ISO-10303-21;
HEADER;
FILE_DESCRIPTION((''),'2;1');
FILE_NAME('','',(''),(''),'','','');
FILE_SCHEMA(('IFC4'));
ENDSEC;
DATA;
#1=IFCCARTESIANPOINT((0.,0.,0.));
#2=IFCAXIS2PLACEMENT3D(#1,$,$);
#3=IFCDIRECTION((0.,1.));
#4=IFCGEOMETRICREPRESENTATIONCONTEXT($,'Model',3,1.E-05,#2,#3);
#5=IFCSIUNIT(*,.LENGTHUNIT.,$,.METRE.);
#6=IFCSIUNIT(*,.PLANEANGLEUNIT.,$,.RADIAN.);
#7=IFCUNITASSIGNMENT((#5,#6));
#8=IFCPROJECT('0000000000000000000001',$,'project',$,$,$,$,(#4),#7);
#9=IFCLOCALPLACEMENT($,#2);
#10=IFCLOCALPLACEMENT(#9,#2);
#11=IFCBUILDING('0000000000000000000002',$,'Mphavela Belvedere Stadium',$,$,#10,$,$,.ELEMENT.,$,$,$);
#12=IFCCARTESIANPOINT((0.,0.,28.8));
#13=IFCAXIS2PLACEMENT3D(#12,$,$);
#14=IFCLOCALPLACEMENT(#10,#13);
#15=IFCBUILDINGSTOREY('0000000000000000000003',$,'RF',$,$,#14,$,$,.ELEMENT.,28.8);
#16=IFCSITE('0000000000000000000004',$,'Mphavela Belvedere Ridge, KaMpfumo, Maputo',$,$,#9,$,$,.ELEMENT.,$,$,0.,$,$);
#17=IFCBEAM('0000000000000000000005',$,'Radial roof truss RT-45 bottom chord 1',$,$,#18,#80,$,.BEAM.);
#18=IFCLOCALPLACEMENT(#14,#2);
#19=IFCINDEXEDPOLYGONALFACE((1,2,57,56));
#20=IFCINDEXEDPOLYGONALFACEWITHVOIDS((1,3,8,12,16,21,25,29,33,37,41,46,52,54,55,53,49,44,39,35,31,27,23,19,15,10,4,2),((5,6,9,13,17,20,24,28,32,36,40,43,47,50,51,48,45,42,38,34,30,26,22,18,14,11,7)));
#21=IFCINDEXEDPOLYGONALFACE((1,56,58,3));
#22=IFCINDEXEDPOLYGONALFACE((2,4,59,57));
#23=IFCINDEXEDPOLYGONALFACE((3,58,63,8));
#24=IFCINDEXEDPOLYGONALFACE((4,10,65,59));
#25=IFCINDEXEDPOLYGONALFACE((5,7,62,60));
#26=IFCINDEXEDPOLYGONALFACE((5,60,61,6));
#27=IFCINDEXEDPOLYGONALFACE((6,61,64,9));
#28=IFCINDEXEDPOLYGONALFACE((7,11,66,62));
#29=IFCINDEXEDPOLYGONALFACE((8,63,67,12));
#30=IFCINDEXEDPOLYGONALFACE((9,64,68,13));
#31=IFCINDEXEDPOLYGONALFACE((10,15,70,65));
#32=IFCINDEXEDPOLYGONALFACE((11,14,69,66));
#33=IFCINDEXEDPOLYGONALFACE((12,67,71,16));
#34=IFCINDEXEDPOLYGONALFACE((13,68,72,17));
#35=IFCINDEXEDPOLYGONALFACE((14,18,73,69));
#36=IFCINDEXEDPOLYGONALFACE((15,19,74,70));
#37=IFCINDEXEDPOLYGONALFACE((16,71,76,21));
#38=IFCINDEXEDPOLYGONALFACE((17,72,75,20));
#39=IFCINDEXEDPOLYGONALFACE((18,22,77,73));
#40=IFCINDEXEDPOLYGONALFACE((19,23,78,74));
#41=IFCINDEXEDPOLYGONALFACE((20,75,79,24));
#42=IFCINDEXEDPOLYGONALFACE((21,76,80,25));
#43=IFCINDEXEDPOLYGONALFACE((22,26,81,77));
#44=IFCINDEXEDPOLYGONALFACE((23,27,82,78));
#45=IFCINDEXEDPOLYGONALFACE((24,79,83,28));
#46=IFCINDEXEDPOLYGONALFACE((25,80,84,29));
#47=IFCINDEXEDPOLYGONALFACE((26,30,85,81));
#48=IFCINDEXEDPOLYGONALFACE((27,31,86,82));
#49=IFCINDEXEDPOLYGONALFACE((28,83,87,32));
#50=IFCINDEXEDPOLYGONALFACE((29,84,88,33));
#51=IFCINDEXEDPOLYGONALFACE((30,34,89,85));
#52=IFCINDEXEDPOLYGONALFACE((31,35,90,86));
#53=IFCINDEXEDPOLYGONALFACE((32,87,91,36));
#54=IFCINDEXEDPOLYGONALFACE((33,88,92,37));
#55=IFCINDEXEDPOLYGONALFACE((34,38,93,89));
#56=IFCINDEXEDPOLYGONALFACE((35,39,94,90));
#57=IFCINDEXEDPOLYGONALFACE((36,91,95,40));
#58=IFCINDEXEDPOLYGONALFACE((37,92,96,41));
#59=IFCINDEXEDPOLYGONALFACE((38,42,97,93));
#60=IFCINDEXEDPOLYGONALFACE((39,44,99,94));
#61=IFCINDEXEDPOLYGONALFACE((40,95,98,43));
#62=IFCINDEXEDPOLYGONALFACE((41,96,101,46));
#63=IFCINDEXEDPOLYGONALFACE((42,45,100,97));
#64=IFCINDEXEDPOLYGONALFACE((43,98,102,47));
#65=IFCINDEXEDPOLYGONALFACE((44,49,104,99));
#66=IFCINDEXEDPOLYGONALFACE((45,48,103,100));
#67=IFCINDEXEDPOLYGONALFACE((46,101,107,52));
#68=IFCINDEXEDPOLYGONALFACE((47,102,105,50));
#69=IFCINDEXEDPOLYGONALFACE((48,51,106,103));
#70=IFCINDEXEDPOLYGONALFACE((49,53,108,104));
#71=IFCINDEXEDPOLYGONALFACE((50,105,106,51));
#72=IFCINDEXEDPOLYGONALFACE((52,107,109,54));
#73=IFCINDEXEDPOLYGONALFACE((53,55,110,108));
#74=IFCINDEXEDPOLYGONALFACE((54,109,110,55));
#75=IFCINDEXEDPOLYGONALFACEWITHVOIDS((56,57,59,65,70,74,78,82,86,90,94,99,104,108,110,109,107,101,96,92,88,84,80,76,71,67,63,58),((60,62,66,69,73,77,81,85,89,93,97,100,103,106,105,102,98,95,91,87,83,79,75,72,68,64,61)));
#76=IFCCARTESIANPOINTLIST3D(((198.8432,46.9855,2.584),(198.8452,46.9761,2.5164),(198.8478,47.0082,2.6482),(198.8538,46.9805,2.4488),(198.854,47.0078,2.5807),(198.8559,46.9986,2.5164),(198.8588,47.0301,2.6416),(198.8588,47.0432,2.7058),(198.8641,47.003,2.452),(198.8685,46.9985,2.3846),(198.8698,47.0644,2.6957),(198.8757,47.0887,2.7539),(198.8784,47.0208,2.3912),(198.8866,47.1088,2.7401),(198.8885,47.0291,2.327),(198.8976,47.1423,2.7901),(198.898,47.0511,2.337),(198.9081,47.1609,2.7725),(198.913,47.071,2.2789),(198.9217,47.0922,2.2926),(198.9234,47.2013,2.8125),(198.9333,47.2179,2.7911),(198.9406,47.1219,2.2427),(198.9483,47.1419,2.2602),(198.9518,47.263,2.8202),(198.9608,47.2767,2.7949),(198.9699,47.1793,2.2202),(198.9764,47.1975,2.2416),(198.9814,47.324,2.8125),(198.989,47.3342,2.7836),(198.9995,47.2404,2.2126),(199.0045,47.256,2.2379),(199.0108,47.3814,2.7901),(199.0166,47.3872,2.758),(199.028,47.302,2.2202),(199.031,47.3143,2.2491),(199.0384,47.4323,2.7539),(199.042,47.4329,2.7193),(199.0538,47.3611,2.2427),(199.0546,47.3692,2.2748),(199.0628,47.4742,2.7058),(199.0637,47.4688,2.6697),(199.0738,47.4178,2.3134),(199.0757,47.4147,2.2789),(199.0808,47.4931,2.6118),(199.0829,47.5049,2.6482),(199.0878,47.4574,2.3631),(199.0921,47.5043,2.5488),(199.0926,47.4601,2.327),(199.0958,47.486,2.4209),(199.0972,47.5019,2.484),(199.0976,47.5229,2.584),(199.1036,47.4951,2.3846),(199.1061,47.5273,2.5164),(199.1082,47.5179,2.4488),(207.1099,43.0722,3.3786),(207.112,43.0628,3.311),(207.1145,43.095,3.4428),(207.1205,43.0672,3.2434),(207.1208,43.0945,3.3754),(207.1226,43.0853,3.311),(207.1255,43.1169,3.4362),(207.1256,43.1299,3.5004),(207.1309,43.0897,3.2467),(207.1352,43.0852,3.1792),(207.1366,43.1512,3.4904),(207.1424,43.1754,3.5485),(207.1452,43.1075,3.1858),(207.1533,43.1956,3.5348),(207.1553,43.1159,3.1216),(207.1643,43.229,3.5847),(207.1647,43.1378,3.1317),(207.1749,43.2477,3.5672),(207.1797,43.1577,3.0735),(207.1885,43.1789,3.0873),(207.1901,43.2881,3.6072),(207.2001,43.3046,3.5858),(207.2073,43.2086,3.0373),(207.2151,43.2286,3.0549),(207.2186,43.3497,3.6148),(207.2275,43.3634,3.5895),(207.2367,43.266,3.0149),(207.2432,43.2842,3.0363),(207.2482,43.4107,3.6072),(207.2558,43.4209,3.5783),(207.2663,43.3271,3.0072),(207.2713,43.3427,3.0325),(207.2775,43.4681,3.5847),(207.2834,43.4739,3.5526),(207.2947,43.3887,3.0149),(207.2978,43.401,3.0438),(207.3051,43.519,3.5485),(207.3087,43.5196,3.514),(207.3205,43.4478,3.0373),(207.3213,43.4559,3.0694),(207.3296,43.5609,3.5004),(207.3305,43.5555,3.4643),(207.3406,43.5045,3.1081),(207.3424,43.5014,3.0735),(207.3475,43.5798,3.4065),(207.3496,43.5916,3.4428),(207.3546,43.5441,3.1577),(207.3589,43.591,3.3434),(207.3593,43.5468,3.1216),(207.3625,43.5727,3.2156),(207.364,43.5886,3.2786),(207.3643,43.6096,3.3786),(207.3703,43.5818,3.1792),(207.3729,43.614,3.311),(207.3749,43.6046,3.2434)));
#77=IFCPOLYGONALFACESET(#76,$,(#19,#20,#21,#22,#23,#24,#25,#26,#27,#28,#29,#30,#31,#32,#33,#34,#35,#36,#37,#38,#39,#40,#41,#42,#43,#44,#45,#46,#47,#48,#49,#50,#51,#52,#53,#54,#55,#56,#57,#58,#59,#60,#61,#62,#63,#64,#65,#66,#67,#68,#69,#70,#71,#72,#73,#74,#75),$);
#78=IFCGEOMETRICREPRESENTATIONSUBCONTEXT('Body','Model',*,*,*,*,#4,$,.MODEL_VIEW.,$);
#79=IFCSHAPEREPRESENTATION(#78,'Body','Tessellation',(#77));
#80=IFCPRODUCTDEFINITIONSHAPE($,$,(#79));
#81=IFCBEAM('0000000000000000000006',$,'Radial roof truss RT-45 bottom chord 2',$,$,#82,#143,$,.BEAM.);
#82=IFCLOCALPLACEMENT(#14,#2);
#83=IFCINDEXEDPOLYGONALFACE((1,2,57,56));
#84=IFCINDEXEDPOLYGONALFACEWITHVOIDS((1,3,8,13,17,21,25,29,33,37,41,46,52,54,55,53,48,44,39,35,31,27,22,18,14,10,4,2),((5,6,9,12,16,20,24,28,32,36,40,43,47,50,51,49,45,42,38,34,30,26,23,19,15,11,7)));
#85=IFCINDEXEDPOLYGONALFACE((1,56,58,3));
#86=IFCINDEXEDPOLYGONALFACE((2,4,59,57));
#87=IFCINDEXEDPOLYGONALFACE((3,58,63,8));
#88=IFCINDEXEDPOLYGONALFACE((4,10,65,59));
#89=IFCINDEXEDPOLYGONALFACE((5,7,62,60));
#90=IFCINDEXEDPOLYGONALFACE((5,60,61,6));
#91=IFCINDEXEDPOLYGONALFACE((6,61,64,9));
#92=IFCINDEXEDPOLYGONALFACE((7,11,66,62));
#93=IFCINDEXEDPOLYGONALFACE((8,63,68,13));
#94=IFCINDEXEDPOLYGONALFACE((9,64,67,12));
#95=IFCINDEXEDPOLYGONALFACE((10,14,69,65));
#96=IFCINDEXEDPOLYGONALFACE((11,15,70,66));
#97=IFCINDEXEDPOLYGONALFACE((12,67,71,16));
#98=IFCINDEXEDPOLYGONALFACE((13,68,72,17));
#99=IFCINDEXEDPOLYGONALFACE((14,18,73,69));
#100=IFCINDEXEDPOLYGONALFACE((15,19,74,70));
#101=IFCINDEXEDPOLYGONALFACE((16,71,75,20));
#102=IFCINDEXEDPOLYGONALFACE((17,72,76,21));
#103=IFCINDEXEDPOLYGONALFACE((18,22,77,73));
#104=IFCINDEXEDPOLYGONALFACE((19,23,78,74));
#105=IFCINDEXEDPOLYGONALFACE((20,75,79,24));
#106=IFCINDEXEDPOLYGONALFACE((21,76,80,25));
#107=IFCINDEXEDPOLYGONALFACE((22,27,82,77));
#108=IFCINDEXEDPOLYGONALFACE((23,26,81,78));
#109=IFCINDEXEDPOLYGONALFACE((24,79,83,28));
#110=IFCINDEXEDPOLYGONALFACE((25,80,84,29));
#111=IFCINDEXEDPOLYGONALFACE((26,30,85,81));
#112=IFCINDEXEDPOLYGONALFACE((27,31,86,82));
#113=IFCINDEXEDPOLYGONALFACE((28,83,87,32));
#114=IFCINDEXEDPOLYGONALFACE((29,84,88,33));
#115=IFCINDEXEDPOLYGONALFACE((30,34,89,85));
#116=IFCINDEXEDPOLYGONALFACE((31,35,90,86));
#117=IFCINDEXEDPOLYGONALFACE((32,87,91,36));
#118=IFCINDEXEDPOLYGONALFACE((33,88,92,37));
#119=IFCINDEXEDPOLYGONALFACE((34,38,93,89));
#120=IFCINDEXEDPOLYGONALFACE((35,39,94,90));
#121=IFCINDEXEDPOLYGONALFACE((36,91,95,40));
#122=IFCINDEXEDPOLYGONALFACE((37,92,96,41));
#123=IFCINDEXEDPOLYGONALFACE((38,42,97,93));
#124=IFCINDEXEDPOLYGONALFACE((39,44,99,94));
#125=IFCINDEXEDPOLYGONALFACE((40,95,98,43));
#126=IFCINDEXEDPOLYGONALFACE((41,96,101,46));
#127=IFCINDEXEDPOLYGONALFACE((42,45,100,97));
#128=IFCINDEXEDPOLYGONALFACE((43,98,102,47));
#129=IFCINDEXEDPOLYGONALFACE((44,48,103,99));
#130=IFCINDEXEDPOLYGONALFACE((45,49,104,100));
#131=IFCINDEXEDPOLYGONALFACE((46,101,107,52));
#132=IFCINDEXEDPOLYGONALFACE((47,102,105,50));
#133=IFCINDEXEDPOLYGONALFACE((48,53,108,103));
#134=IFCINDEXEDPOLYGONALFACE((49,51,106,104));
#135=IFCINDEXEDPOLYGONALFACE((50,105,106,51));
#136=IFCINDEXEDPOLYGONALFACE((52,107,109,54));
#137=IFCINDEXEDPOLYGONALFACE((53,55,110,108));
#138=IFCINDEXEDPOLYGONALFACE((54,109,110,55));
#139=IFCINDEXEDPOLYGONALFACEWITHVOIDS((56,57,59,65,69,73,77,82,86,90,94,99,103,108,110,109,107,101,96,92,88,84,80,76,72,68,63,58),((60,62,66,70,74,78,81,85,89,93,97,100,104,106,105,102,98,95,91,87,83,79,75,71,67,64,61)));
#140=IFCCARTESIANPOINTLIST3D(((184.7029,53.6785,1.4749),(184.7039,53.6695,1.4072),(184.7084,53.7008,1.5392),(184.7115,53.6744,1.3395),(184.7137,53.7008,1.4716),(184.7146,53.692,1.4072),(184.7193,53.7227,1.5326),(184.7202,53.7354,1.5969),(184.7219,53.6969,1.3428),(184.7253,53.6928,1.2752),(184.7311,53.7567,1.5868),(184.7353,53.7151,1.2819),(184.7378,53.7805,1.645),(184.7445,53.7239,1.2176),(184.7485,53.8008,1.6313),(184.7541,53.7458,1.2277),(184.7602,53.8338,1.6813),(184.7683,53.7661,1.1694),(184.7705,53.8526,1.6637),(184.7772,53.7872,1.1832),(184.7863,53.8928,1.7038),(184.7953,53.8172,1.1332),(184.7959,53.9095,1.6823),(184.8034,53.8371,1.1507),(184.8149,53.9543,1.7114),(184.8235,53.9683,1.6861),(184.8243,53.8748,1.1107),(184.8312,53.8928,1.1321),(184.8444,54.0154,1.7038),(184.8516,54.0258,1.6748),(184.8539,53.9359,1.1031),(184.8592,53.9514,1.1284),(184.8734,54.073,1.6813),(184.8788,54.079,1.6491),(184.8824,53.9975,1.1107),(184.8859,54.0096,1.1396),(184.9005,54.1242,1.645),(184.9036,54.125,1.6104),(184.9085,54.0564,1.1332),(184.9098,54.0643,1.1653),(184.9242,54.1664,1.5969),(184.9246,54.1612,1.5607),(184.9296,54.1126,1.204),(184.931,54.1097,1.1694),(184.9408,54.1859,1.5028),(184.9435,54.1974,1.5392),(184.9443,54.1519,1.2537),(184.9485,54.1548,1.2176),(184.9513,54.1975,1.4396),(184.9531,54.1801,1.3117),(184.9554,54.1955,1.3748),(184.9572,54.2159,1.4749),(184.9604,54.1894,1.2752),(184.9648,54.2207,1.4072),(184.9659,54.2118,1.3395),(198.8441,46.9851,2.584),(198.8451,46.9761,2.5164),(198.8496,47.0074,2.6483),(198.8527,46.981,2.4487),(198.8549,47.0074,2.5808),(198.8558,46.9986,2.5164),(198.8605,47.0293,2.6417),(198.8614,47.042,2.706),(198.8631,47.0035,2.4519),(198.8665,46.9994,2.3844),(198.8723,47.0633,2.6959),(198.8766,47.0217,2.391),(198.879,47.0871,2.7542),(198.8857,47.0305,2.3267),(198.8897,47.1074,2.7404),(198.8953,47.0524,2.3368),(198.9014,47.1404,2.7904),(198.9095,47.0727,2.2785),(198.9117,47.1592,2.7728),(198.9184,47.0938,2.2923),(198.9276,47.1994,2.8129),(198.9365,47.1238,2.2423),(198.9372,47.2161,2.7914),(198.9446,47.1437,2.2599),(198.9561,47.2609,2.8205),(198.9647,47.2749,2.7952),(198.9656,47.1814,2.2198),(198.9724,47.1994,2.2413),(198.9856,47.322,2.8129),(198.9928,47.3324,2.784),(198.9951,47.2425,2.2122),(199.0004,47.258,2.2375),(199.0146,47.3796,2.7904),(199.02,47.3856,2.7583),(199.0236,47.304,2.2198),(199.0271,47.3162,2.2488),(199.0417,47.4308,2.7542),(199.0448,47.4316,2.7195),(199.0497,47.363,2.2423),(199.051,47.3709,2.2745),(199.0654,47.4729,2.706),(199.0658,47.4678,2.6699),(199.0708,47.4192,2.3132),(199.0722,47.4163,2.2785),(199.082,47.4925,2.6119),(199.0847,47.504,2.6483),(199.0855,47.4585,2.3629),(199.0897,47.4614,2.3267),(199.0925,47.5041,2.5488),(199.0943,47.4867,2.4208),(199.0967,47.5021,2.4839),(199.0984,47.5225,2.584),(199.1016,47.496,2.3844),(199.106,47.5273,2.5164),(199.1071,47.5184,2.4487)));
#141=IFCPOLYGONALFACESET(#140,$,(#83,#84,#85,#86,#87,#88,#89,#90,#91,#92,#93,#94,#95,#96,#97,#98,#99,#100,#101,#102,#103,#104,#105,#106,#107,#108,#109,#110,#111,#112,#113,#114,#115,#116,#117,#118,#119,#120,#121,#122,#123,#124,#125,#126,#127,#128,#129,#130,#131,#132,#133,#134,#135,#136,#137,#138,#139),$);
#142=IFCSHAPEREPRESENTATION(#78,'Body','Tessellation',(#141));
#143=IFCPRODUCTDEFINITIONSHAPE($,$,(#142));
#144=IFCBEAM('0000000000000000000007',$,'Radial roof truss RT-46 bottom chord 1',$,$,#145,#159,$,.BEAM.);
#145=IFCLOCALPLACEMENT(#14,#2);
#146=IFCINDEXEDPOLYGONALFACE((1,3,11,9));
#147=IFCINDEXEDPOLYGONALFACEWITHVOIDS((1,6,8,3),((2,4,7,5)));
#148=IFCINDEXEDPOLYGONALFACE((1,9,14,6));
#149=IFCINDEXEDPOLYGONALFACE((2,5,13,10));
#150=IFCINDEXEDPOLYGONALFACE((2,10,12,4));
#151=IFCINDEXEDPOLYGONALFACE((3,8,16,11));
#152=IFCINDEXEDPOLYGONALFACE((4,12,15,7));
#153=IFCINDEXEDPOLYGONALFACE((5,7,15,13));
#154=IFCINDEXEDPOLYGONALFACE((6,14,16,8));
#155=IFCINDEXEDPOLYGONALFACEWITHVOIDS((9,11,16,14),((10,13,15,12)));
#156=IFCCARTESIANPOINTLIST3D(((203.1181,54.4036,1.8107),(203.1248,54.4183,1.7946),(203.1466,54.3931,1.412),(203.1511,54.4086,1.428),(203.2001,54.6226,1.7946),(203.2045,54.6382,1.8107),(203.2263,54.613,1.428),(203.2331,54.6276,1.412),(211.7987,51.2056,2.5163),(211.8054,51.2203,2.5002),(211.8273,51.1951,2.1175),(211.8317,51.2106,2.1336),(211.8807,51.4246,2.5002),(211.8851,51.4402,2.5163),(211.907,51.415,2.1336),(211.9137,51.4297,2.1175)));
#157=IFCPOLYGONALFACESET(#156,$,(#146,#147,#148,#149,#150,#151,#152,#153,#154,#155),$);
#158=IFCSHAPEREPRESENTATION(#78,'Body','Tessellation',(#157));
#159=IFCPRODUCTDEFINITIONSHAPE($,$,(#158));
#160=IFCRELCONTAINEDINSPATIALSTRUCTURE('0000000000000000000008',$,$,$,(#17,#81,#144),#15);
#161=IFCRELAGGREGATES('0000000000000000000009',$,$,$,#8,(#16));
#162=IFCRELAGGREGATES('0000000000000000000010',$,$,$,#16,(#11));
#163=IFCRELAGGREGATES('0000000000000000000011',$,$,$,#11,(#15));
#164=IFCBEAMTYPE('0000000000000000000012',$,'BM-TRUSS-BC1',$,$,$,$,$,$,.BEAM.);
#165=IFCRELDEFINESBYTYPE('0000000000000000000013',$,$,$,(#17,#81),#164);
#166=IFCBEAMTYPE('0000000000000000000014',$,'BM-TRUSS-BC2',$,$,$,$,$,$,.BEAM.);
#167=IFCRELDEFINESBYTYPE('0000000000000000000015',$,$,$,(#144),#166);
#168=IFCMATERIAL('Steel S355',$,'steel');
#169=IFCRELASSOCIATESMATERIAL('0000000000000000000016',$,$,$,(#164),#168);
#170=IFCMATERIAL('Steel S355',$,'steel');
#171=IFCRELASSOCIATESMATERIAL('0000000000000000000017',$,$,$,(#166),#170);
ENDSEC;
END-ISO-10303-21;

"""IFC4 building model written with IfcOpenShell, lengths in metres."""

from ifc_helpers import new_model, si_unit, direction, frame, origin, origin_2d, place, context, subcontext, project, spatial, hollow_rectangle, hollow_circle, extrude, material, material_profile, profile_set, type_object, element, save


model = new_model("IFC4")

# Units and contexts
model_context = context("Model", 3, precision=1e-05, world=origin(), true_north=direction((0.0, 1.0)))
body_context = subcontext(model_context, "Body", "Model", "MODEL_VIEW")
ifc_project = project(units=[si_unit("LENGTHUNIT", "METRE"), si_unit("PLANEANGLEUNIT", "RADIAN")], contexts=[model_context])

# Site, building, storey
site_placement = place(None, origin())
site = spatial("IfcSite", under=ifc_project, at=site_placement, Name="Mphavela Belvedere Ridge, KaMpfumo, Maputo", CompositionType="ELEMENT", RefElevation=0.0)
building_placement = place(site_placement, origin())
building = spatial("IfcBuilding", under=site, at=building_placement, Name="Mphavela Belvedere Stadium", CompositionType="ELEMENT")
storey_placement = place(building_placement, frame((0.0, 0.0, 28.8)))
storey = spatial("IfcBuildingStorey", under=building, at=storey_placement, Name="RF", CompositionType="ELEMENT", Elevation=28.8)

# Beams
ifc_material_1 = material(Name="Steel S355", Category="steel")
ifc_material_profile_1 = material_profile(ifc_material_1, hollow_circle(Radius=0.3049, WallThickness=0.0249, at=origin_2d()), Name="CHS 610x25")
ifc_profile_set_1 = profile_set([ifc_material_profile_1], Name="Steel S355")
beam_type_1 = type_object("IfcBeamType", Name="BM-TRUSS-BC1", PredefinedType="BEAM", material=ifc_profile_set_1)
beam_1_placement = place(storey_placement, frame((207.2424, 43.3384, 3.311), z_axis=(-0.900453, 0.426253, -0.086559), x_axis=(-0.427859, -0.903845, 0.0)))
element("IfcBeam", 1, at=beam_1_placement, inside=storey, type_object=beam_type_1, Name="Radial roof truss RT-45 bottom chord 1", PredefinedType="BEAM", context=body_context, shape_type="SweptSolid", body=[
    extrude(hollow_circle(Radius=0.3049, WallThickness=0.0249, at=origin_2d()), origin(), (0.0, 0.0, 1.0), 9.1807),
])
beam_2_placement = place(storey_placement, frame((198.9756, 47.2517, 2.5164), z_axis=(-0.9016, 0.426751, -0.070715), x_axis=(-0.427822, -0.903863, 0.0)))
element("IfcBeam", 2, at=beam_2_placement, inside=storey, type_object=beam_type_1, Name="Radial roof truss RT-45 bottom chord 2", PredefinedType="BEAM", context=body_context, shape_type="SweptSolid", body=[
    extrude(hollow_circle(Radius=0.3049, WallThickness=0.0249, at=origin_2d()), origin(), (0.0, 0.0, 1.0), 15.6846),
])
ifc_material_2 = material(Name="Steel S355", Category="steel")
ifc_material_profile_2 = material_profile(ifc_material_2, hollow_rectangle(XDim=0.25, YDim=0.3999, WallThickness=0.0161, at=origin_2d()), Name="RHS 400x250x16")
ifc_profile_set_2 = profile_set([ifc_material_profile_2], Name="Steel S355")
beam_type_2 = type_object("IfcBeamType", Name="BM-TRUSS-BC2", PredefinedType="BEAM", material=ifc_profile_set_2)
beam_3_placement = place(storey_placement, frame((211.8562, 51.3176, 2.3169), z_axis=(-0.935631, 0.344691, -0.076048), x_axis=(-0.345692, -0.938348, 0.0)))
element("IfcBeam", 3, at=beam_3_placement, inside=storey, type_object=beam_type_2, Name="Radial roof truss RT-46 bottom chord 1", PredefinedType="BEAM", context=body_context, shape_type="SweptSolid", body=[
    extrude(hollow_rectangle(XDim=0.25, YDim=0.3999, WallThickness=0.0161, at=origin_2d()), origin(), (0.0, 0.0, 1.0), 9.2778),
])

save(model, "model.ifc")
